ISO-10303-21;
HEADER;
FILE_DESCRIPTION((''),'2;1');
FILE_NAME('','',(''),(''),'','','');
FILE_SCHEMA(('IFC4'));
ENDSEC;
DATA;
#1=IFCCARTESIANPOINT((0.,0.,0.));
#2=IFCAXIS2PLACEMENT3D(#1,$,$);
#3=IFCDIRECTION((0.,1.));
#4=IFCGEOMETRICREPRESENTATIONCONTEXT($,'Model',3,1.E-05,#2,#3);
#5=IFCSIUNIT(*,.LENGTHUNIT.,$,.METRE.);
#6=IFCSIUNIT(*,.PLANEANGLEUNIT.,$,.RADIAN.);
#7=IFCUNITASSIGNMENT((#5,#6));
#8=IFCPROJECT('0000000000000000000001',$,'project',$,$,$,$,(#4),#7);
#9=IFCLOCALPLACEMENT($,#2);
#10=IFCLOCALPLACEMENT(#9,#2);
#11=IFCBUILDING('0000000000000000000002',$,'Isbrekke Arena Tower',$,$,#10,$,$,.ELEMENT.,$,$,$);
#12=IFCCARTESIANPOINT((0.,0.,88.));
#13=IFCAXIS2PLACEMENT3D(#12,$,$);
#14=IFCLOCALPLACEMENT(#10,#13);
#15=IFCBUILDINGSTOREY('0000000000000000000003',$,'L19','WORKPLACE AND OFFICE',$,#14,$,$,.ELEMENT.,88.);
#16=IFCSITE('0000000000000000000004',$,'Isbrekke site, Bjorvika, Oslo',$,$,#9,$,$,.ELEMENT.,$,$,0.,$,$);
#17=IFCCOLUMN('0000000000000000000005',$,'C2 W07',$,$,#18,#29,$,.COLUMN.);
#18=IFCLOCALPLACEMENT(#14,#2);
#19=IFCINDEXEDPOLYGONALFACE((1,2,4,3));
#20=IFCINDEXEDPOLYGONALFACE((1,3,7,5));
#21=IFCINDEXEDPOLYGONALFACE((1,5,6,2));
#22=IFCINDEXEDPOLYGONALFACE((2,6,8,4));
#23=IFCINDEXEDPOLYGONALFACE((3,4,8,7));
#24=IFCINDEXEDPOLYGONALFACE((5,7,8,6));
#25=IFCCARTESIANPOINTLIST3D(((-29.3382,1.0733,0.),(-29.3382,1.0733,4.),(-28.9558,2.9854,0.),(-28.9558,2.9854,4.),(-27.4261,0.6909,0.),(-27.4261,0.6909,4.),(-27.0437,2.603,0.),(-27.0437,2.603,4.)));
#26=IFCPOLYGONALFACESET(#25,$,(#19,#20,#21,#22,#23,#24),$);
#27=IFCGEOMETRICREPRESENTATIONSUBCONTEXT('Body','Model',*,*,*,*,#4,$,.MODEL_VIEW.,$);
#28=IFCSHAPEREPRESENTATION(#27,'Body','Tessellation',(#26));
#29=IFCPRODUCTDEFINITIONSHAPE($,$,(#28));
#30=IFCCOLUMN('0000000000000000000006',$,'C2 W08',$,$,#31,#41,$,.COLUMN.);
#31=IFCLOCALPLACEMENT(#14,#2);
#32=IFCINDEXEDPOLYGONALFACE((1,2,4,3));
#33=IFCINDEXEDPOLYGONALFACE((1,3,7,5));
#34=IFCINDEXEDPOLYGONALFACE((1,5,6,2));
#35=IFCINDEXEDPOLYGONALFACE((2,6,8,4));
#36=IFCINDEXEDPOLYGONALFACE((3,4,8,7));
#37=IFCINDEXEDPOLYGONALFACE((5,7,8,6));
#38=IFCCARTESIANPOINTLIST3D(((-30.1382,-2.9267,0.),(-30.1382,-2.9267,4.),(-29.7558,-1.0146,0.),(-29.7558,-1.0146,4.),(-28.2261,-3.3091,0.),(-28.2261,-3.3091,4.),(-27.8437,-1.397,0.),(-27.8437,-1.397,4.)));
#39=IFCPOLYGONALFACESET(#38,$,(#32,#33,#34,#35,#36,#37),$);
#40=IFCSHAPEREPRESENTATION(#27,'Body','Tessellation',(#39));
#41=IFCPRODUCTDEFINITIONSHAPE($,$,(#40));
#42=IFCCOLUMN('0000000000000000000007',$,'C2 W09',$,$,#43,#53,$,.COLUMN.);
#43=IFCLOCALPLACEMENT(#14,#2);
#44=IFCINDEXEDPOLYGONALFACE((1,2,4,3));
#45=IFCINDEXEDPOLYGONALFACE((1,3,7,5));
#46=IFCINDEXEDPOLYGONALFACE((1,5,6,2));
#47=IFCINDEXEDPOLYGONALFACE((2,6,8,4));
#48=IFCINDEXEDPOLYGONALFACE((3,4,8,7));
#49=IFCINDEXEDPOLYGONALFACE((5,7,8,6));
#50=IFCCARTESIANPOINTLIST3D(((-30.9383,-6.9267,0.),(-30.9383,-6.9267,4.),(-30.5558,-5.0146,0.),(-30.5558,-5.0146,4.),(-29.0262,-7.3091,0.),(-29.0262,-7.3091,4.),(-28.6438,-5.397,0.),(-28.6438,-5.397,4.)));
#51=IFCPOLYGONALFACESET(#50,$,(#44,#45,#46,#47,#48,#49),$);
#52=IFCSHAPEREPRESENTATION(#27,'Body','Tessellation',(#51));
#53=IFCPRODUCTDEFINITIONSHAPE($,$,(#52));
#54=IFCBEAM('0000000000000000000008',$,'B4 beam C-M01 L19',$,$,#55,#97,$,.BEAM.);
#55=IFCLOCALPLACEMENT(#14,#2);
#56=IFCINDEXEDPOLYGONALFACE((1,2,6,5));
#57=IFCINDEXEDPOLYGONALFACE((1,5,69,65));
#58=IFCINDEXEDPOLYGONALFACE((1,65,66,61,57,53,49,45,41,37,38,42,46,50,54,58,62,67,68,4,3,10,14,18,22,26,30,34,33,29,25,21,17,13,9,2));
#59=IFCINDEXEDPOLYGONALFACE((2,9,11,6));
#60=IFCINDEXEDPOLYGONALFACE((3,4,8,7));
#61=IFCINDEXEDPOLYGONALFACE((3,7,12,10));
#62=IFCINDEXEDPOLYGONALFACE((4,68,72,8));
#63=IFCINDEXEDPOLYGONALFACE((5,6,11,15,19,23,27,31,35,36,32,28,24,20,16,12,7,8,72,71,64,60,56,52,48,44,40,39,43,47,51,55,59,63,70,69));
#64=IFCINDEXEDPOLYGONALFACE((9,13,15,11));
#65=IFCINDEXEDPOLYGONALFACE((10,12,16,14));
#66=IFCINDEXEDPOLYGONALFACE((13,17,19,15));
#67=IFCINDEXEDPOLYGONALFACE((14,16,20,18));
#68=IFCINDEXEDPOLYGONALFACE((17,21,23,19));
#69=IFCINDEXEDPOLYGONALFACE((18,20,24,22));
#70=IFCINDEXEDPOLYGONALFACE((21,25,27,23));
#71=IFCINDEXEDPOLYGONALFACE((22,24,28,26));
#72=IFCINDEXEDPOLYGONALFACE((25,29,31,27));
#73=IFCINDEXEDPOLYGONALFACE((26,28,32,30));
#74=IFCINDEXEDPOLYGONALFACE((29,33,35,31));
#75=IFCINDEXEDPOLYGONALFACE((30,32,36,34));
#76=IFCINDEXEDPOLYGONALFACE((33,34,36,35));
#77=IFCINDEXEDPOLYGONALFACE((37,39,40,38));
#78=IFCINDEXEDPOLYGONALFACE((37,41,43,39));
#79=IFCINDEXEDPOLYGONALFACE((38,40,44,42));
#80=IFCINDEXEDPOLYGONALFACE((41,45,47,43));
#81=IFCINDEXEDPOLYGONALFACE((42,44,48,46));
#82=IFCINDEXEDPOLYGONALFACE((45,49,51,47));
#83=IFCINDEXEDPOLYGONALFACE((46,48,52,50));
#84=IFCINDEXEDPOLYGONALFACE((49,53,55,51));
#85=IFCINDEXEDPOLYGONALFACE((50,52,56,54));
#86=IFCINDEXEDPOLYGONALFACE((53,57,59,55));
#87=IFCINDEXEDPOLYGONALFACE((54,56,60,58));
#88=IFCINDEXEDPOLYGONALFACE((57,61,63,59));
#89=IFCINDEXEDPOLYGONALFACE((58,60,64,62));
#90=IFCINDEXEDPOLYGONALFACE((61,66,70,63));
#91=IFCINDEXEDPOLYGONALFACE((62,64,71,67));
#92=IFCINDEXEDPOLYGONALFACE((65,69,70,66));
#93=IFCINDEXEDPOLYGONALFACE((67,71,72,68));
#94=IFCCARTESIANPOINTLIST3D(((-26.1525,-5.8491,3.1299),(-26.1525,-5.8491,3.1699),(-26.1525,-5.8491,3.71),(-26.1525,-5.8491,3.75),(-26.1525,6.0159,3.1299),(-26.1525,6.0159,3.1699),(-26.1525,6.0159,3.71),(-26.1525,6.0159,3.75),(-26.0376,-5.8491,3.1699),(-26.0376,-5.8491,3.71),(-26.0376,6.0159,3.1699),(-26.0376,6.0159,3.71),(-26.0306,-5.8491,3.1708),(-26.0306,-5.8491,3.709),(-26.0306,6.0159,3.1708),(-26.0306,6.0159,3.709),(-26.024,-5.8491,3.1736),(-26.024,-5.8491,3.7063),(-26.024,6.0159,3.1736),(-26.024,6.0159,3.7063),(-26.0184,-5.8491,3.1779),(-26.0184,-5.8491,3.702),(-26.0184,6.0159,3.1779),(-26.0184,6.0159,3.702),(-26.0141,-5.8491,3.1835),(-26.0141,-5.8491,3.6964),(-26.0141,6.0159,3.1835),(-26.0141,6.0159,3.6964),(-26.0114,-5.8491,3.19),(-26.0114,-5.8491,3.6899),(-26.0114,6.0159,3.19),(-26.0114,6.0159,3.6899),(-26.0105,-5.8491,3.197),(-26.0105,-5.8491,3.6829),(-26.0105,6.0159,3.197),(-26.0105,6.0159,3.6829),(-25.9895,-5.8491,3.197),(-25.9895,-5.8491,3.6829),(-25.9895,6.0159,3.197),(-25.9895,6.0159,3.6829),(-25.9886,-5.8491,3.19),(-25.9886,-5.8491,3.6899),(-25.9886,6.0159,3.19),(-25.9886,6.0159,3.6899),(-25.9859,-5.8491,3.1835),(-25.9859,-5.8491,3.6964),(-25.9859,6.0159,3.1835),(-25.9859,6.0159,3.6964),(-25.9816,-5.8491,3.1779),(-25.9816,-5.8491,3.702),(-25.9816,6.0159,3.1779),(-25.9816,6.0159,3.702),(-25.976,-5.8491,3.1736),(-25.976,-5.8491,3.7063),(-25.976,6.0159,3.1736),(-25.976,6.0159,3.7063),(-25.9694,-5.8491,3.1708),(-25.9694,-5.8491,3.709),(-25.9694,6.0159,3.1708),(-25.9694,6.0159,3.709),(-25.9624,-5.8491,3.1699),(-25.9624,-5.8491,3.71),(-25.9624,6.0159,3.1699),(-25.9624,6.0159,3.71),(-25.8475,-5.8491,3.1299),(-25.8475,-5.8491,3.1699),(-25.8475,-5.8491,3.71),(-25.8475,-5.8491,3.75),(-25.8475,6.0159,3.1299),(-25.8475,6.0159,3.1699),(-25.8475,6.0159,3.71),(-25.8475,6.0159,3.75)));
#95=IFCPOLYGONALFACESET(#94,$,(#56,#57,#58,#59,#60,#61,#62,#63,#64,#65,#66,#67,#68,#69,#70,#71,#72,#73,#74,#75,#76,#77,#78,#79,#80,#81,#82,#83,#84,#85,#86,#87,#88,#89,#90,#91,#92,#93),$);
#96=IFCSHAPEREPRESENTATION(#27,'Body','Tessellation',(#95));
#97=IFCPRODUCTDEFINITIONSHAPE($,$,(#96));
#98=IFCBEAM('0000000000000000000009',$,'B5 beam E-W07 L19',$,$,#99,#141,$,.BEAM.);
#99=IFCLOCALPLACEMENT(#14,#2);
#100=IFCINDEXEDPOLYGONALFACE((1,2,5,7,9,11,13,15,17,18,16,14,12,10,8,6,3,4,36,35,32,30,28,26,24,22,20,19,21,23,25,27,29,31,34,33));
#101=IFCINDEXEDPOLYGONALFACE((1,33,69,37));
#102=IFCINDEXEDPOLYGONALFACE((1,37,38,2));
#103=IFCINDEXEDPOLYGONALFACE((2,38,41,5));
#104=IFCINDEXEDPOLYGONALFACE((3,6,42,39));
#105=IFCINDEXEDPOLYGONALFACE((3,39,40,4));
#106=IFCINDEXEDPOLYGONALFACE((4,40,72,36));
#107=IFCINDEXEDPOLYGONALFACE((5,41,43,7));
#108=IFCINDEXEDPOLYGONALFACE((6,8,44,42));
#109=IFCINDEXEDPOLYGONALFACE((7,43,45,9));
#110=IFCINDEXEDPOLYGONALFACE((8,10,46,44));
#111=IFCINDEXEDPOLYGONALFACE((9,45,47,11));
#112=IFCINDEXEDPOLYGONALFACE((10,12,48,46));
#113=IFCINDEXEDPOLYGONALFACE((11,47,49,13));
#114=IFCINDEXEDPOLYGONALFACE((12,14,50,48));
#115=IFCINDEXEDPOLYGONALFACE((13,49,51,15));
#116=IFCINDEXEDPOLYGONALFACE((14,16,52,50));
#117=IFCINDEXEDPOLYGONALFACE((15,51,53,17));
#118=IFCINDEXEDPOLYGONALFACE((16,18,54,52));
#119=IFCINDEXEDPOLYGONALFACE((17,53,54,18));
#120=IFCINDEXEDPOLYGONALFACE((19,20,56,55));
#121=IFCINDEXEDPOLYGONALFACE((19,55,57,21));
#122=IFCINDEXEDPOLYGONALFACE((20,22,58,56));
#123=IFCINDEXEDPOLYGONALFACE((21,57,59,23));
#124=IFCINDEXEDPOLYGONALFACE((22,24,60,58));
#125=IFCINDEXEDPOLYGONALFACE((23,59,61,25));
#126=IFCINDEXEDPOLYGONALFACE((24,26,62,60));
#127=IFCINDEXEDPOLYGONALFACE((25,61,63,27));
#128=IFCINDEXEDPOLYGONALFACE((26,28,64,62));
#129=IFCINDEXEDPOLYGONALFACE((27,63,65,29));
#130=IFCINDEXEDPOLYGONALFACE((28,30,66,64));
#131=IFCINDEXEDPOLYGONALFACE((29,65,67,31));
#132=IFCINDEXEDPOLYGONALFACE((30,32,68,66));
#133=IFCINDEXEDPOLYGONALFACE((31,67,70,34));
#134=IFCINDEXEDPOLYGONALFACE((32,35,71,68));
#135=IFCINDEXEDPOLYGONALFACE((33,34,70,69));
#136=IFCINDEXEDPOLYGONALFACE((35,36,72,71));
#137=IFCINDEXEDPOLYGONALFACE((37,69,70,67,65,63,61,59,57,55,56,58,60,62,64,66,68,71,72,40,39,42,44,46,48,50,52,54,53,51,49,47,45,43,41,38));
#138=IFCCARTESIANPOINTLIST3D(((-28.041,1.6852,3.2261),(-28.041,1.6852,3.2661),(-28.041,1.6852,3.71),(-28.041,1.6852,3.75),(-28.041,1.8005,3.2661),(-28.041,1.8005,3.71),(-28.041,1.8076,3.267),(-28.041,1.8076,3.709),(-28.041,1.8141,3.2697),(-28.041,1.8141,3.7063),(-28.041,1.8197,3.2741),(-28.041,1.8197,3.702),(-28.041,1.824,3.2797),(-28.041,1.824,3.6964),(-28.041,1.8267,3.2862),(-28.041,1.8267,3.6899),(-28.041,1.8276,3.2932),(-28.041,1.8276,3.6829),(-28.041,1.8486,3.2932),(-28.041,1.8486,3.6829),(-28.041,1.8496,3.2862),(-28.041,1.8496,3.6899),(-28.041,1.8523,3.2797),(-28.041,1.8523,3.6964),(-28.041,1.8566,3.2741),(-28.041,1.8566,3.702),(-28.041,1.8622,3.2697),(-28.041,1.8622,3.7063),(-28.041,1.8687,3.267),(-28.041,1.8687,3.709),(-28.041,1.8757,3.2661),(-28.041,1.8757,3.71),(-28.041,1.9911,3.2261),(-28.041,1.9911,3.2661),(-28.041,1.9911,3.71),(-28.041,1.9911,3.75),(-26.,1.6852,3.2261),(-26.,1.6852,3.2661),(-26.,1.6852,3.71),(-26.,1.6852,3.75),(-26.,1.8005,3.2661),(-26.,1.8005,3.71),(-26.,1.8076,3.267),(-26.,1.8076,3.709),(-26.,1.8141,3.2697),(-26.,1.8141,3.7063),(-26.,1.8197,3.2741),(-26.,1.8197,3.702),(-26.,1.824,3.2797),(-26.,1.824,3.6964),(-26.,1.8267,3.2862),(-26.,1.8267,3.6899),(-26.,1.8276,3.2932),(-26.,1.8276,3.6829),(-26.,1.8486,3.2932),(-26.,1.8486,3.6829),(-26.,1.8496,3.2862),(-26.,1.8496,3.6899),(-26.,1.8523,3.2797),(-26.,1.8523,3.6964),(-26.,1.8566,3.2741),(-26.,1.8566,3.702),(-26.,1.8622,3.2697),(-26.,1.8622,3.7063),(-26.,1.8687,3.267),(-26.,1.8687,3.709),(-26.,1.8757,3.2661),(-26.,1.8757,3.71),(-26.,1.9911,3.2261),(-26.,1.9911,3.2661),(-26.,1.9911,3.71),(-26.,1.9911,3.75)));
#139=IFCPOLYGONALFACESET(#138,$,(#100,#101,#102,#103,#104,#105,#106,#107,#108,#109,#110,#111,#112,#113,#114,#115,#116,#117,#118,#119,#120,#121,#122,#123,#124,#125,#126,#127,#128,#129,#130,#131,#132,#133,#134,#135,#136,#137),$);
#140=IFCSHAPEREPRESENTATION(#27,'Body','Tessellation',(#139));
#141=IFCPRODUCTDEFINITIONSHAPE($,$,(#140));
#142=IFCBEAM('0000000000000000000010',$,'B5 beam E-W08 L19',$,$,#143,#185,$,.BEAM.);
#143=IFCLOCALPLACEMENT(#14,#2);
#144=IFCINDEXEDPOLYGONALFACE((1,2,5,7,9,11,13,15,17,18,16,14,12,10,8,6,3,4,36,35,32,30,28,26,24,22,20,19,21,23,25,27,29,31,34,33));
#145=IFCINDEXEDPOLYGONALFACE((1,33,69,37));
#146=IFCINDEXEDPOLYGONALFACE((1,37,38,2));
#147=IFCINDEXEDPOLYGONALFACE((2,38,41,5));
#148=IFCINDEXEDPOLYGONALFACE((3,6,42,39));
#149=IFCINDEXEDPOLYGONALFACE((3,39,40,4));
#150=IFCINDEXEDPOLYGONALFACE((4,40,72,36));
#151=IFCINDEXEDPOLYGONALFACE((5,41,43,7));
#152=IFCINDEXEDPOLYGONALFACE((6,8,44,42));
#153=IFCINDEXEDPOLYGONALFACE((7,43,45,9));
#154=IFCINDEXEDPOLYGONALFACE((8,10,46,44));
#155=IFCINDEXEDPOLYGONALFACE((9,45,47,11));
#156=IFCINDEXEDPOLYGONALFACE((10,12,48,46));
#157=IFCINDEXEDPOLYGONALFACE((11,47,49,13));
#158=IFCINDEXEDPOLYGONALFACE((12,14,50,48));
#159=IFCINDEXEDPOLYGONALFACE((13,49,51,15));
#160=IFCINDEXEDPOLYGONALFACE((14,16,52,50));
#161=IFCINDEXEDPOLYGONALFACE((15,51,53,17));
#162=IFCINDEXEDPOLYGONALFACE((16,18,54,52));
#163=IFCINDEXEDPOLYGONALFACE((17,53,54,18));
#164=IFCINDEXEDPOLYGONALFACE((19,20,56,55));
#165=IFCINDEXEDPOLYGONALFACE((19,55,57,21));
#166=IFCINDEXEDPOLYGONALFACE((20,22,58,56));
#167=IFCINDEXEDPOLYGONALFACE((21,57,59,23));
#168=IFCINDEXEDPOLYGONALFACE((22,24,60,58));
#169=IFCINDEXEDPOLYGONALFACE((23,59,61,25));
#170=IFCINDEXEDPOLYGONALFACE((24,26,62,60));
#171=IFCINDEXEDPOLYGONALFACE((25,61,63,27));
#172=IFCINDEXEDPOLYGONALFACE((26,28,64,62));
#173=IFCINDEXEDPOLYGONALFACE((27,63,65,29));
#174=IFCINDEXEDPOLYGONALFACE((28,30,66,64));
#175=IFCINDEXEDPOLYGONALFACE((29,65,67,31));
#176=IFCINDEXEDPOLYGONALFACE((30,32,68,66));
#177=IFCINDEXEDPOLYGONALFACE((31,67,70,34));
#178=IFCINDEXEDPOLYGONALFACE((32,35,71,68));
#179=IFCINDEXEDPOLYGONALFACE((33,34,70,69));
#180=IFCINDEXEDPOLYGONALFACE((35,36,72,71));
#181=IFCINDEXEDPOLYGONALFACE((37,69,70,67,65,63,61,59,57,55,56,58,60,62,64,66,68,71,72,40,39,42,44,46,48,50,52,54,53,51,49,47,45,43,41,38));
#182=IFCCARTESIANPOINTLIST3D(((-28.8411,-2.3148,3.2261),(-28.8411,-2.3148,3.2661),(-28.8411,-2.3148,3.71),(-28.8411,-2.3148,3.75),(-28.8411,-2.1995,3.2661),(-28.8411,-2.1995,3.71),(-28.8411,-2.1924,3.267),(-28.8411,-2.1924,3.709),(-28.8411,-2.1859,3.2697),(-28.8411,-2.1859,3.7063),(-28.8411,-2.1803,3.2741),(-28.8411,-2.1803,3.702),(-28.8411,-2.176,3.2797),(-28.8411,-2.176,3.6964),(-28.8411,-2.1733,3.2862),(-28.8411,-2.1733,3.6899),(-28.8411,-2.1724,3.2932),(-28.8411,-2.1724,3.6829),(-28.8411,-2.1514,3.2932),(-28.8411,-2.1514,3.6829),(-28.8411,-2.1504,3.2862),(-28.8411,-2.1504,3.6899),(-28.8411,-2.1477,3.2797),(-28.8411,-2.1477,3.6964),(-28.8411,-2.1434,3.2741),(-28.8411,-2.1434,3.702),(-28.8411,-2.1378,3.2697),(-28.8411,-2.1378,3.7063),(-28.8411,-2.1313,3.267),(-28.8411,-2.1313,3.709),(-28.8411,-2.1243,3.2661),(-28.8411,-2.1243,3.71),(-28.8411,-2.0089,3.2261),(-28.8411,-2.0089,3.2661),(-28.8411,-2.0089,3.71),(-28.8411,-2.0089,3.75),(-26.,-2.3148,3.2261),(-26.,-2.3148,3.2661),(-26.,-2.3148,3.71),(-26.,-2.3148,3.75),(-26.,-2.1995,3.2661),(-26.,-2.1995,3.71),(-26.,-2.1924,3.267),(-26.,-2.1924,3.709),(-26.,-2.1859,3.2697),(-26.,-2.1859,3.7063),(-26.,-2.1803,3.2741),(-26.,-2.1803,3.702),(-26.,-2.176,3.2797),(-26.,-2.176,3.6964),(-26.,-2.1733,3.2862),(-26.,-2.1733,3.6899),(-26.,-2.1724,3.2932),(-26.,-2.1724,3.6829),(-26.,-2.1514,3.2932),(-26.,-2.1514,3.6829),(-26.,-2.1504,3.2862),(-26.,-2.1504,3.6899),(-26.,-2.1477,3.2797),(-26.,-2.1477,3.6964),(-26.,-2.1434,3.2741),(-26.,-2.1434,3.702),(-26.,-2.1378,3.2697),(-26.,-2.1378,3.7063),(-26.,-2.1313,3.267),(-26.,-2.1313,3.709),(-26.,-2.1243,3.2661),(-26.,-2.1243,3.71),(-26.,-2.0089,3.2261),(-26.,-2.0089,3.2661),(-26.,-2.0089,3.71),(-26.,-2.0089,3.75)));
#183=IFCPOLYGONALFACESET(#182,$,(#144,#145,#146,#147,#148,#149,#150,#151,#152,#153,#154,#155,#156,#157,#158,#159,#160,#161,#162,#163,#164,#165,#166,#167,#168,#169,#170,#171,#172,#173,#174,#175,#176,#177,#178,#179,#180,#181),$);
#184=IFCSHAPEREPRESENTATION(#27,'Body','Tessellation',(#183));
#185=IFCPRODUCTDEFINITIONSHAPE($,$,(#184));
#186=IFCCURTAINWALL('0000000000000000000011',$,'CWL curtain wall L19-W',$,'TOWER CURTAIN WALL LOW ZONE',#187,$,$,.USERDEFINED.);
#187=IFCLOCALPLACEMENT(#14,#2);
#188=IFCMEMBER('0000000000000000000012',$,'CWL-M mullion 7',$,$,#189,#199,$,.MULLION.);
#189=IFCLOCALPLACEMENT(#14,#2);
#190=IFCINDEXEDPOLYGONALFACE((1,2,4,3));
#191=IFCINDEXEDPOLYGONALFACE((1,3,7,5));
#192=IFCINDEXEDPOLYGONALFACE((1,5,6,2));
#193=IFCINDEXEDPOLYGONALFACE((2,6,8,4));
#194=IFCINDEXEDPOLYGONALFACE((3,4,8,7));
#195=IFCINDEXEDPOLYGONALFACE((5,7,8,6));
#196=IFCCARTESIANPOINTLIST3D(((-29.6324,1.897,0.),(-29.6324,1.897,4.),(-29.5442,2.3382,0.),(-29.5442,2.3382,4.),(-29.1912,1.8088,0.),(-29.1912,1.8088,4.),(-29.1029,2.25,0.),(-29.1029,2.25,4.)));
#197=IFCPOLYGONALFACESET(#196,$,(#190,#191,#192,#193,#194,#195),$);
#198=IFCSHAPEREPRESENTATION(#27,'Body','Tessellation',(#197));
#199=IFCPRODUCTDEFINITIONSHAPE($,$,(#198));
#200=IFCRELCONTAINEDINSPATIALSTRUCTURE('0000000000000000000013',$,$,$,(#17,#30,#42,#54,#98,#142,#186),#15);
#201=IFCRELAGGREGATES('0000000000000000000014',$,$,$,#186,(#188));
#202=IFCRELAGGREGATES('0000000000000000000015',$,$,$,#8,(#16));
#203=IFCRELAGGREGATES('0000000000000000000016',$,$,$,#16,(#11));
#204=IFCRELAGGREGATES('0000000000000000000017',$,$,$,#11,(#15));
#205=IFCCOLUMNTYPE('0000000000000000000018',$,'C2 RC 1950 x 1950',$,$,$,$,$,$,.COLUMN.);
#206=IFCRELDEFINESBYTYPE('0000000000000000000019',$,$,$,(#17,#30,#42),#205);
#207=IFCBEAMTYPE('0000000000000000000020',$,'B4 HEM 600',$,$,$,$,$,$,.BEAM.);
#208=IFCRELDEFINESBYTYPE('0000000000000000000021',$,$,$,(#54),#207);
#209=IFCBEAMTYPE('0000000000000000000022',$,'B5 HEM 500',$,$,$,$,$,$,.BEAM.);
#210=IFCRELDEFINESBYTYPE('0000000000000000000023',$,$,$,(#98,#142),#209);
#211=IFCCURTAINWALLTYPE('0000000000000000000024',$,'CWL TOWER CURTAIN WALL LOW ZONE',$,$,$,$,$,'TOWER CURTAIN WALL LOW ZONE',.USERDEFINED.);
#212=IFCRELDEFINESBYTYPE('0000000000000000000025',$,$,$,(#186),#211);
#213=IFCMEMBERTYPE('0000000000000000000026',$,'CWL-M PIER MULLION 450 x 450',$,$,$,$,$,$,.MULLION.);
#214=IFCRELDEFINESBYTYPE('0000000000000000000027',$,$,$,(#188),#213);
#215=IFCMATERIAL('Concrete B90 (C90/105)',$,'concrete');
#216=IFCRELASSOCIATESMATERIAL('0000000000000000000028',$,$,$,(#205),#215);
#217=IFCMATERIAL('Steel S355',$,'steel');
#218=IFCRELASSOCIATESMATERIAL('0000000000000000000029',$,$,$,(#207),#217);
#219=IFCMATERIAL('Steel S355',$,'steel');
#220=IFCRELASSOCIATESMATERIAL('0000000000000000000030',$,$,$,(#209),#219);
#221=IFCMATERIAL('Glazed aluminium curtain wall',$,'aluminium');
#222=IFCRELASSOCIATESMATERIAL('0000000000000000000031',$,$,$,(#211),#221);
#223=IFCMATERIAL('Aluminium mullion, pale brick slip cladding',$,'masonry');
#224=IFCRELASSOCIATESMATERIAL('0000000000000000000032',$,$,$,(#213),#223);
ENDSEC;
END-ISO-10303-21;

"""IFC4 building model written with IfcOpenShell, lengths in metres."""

from ifc_helpers import new_model, si_unit, direction, frame, origin, origin_2d, place, context, subcontext, project, spatial, rectangle, i_section, extrude, material, material_profile, profile_set, type_object, element, aggregate, save


model = new_model("IFC4")

# Units and contexts
model_context = context("Model", 3, precision=1e-05, world=origin(), true_north=direction((0.0, 1.0)))
body_context = subcontext(model_context, "Body", "Model", "MODEL_VIEW")
ifc_project = project(units=[si_unit("LENGTHUNIT", "METRE"), si_unit("PLANEANGLEUNIT", "RADIAN")], contexts=[model_context])

# Site, building, storey
site_placement = place(None, origin())
site = spatial("IfcSite", under=ifc_project, at=site_placement, Name="Isbrekke site, Bjorvika, Oslo", CompositionType="ELEMENT", RefElevation=0.0)
building_placement = place(site_placement, origin())
building = spatial("IfcBuilding", under=site, at=building_placement, Name="Isbrekke Arena Tower", CompositionType="ELEMENT")
storey_placement = place(building_placement, frame((0.0, 0.0, 88.0)))
storey = spatial("IfcBuildingStorey", under=building, at=storey_placement, Name="L19", Description="WORKPLACE AND OFFICE", CompositionType="ELEMENT", Elevation=88.0)

# Columns
ifc_material_1 = material(Name="Concrete B90 (C90/105)", Category="concrete")
ifc_material_profile_1 = material_profile(ifc_material_1, rectangle(XDim=1.95, YDim=1.95, at=origin_2d()), Name="RC 1950x1950")
ifc_profile_set_1 = profile_set([ifc_material_profile_1], Name="Concrete B90 (C90/105)")
column_type = type_object("IfcColumnType", Name="C2 RC 1950 x 1950", PredefinedType="COLUMN", material=ifc_profile_set_1)
for number, where, z_axis, x_axis, name in (
    (1, (-28.1909, 1.8381, 0.0), (0.0, 0.0, 1.0), (-0.196116, -0.980581, 0.0), "C2 W07"),
    (2, (-28.991, -2.1619, 0.0), (0.0, 0.0, 1.0), (-0.196116, -0.980581, 0.0), "C2 W08"),
    (3, (-29.791, -6.1619, 0.0), (0.0, 0.0, 1.0), (-0.196116, -0.980581, 0.0), "C2 W09"),
):
    element("IfcColumn", number, at=place(storey_placement, frame(where, z_axis=z_axis, x_axis=x_axis)), inside=storey, type_object=column_type, Name=name, PredefinedType="COLUMN", context=body_context, shape_type="SweptSolid", body=[
        extrude(rectangle(XDim=1.95, YDim=1.95, at=origin_2d()), origin(), (0.0, 0.0, 1.0), 4.0),
    ])

# Beams
ifc_material_2 = material(Name="Steel S355", Category="steel")
ifc_material_profile_2 = material_profile(ifc_material_2, i_section(OverallWidth=0.3049, OverallDepth=0.6201, WebThickness=0.021, FlangeThickness=0.04, FilletRadius=0.0271, at=origin_2d()), Name="HEM 600")
ifc_profile_set_2 = profile_set([ifc_material_profile_2], Name="Steel S355")
beam_type_1 = type_object("IfcBeamType", Name="B4 HEM 600", PredefinedType="BEAM", material=ifc_profile_set_2)
beam_1_placement = place(storey_placement, frame((-26.0, -5.8491, 3.4399), z_axis=(0.0, 1.0, 0.0), x_axis=(-1.0, 0.0, 0.0)))
element("IfcBeam", 4, at=beam_1_placement, inside=storey, type_object=beam_type_1, Name="B4 beam C-M01 L19", PredefinedType="BEAM", context=body_context, shape_type="SweptSolid", body=[
    extrude(i_section(OverallWidth=0.3049, OverallDepth=0.6201, WebThickness=0.021, FlangeThickness=0.04, FilletRadius=0.0271, at=origin_2d()), origin(), (0.0, 0.0, 1.0), 11.865),
])
ifc_material_3 = material(Name="Steel S355", Category="steel")
ifc_material_profile_3 = material_profile(ifc_material_3, i_section(OverallWidth=0.3059, OverallDepth=0.5239, WebThickness=0.021, FlangeThickness=0.04, FilletRadius=0.0271, at=origin_2d()), Name="HEM 500")
ifc_profile_set_3 = profile_set([ifc_material_profile_3], Name="Steel S355")
beam_type_2 = type_object("IfcBeamType", Name="B5 HEM 500", PredefinedType="BEAM", material=ifc_profile_set_3)
beam_2_placement = place(storey_placement, frame((-28.041, 1.8381, 3.488), z_axis=(1.0, 0.0, 0.0), x_axis=(0.0, 1.0, 0.0)))
element("IfcBeam", 5, at=beam_2_placement, inside=storey, type_object=beam_type_2, Name="B5 beam E-W07 L19", PredefinedType="BEAM", context=body_context, shape_type="SweptSolid", body=[
    extrude(i_section(OverallWidth=0.3059, OverallDepth=0.5239, WebThickness=0.021, FlangeThickness=0.04, FilletRadius=0.0271, at=origin_2d()), origin(), (0.0, 0.0, 1.0), 2.041),
])
beam_3_placement = place(storey_placement, frame((-28.8411, -2.1619, 3.488), z_axis=(1.0, 0.0, 0.0), x_axis=(0.0, 1.0, 0.0)))
element("IfcBeam", 6, at=beam_3_placement, inside=storey, type_object=beam_type_2, Name="B5 beam E-W08 L19", PredefinedType="BEAM", context=body_context, shape_type="SweptSolid", body=[
    extrude(i_section(OverallWidth=0.3059, OverallDepth=0.5239, WebThickness=0.021, FlangeThickness=0.04, FilletRadius=0.0271, at=origin_2d()), origin(), (0.0, 0.0, 1.0), 2.8411),
])

# Curtain wall, member
ifc_material_4 = material(Name="Glazed aluminium curtain wall", Category="aluminium")
curtain_wall_type = type_object("IfcCurtainWallType", Name="CWL TOWER CURTAIN WALL LOW ZONE", ElementType="TOWER CURTAIN WALL LOW ZONE", PredefinedType="USERDEFINED", material=ifc_material_4)
curtain_wall_placement = place(storey_placement, origin())
curtain_wall = element("IfcCurtainWall", 7, at=curtain_wall_placement, inside=storey, type_object=curtain_wall_type, Name="CWL curtain wall L19-W", ObjectType="TOWER CURTAIN WALL LOW ZONE", PredefinedType="USERDEFINED")
ifc_material_5 = material(Name="Aluminium mullion, pale brick slip cladding", Category="masonry")
ifc_material_profile_4 = material_profile(ifc_material_5, rectangle(XDim=0.45, YDim=0.45, at=origin_2d()), Name="PIER 450X450")
ifc_profile_set_4 = profile_set([ifc_material_profile_4], Name="Aluminium mullion, pale brick slip cladding")
member_type_1 = type_object("IfcMemberType", Name="CWL-M PIER MULLION 450 x 450", PredefinedType="MULLION", material=ifc_profile_set_4)
member_1_placement = place(storey_placement, frame((-29.3677, 2.0735, 0.0), z_axis=(0.0, 0.0, 1.0), x_axis=(-0.196116, -0.980581, 0.0)))
member_1 = element("IfcMember", 8, at=member_1_placement, type_object=member_type_1, Name="CWL-M mullion 7", PredefinedType="MULLION", context=body_context, shape_type="SweptSolid", body=[
    extrude(rectangle(XDim=0.45, YDim=0.45, at=origin_2d()), origin(), (0.0, 0.0, 1.0), 4.0),
])

aggregate(curtain_wall, [member_1])

save(model, "model.ifc")
